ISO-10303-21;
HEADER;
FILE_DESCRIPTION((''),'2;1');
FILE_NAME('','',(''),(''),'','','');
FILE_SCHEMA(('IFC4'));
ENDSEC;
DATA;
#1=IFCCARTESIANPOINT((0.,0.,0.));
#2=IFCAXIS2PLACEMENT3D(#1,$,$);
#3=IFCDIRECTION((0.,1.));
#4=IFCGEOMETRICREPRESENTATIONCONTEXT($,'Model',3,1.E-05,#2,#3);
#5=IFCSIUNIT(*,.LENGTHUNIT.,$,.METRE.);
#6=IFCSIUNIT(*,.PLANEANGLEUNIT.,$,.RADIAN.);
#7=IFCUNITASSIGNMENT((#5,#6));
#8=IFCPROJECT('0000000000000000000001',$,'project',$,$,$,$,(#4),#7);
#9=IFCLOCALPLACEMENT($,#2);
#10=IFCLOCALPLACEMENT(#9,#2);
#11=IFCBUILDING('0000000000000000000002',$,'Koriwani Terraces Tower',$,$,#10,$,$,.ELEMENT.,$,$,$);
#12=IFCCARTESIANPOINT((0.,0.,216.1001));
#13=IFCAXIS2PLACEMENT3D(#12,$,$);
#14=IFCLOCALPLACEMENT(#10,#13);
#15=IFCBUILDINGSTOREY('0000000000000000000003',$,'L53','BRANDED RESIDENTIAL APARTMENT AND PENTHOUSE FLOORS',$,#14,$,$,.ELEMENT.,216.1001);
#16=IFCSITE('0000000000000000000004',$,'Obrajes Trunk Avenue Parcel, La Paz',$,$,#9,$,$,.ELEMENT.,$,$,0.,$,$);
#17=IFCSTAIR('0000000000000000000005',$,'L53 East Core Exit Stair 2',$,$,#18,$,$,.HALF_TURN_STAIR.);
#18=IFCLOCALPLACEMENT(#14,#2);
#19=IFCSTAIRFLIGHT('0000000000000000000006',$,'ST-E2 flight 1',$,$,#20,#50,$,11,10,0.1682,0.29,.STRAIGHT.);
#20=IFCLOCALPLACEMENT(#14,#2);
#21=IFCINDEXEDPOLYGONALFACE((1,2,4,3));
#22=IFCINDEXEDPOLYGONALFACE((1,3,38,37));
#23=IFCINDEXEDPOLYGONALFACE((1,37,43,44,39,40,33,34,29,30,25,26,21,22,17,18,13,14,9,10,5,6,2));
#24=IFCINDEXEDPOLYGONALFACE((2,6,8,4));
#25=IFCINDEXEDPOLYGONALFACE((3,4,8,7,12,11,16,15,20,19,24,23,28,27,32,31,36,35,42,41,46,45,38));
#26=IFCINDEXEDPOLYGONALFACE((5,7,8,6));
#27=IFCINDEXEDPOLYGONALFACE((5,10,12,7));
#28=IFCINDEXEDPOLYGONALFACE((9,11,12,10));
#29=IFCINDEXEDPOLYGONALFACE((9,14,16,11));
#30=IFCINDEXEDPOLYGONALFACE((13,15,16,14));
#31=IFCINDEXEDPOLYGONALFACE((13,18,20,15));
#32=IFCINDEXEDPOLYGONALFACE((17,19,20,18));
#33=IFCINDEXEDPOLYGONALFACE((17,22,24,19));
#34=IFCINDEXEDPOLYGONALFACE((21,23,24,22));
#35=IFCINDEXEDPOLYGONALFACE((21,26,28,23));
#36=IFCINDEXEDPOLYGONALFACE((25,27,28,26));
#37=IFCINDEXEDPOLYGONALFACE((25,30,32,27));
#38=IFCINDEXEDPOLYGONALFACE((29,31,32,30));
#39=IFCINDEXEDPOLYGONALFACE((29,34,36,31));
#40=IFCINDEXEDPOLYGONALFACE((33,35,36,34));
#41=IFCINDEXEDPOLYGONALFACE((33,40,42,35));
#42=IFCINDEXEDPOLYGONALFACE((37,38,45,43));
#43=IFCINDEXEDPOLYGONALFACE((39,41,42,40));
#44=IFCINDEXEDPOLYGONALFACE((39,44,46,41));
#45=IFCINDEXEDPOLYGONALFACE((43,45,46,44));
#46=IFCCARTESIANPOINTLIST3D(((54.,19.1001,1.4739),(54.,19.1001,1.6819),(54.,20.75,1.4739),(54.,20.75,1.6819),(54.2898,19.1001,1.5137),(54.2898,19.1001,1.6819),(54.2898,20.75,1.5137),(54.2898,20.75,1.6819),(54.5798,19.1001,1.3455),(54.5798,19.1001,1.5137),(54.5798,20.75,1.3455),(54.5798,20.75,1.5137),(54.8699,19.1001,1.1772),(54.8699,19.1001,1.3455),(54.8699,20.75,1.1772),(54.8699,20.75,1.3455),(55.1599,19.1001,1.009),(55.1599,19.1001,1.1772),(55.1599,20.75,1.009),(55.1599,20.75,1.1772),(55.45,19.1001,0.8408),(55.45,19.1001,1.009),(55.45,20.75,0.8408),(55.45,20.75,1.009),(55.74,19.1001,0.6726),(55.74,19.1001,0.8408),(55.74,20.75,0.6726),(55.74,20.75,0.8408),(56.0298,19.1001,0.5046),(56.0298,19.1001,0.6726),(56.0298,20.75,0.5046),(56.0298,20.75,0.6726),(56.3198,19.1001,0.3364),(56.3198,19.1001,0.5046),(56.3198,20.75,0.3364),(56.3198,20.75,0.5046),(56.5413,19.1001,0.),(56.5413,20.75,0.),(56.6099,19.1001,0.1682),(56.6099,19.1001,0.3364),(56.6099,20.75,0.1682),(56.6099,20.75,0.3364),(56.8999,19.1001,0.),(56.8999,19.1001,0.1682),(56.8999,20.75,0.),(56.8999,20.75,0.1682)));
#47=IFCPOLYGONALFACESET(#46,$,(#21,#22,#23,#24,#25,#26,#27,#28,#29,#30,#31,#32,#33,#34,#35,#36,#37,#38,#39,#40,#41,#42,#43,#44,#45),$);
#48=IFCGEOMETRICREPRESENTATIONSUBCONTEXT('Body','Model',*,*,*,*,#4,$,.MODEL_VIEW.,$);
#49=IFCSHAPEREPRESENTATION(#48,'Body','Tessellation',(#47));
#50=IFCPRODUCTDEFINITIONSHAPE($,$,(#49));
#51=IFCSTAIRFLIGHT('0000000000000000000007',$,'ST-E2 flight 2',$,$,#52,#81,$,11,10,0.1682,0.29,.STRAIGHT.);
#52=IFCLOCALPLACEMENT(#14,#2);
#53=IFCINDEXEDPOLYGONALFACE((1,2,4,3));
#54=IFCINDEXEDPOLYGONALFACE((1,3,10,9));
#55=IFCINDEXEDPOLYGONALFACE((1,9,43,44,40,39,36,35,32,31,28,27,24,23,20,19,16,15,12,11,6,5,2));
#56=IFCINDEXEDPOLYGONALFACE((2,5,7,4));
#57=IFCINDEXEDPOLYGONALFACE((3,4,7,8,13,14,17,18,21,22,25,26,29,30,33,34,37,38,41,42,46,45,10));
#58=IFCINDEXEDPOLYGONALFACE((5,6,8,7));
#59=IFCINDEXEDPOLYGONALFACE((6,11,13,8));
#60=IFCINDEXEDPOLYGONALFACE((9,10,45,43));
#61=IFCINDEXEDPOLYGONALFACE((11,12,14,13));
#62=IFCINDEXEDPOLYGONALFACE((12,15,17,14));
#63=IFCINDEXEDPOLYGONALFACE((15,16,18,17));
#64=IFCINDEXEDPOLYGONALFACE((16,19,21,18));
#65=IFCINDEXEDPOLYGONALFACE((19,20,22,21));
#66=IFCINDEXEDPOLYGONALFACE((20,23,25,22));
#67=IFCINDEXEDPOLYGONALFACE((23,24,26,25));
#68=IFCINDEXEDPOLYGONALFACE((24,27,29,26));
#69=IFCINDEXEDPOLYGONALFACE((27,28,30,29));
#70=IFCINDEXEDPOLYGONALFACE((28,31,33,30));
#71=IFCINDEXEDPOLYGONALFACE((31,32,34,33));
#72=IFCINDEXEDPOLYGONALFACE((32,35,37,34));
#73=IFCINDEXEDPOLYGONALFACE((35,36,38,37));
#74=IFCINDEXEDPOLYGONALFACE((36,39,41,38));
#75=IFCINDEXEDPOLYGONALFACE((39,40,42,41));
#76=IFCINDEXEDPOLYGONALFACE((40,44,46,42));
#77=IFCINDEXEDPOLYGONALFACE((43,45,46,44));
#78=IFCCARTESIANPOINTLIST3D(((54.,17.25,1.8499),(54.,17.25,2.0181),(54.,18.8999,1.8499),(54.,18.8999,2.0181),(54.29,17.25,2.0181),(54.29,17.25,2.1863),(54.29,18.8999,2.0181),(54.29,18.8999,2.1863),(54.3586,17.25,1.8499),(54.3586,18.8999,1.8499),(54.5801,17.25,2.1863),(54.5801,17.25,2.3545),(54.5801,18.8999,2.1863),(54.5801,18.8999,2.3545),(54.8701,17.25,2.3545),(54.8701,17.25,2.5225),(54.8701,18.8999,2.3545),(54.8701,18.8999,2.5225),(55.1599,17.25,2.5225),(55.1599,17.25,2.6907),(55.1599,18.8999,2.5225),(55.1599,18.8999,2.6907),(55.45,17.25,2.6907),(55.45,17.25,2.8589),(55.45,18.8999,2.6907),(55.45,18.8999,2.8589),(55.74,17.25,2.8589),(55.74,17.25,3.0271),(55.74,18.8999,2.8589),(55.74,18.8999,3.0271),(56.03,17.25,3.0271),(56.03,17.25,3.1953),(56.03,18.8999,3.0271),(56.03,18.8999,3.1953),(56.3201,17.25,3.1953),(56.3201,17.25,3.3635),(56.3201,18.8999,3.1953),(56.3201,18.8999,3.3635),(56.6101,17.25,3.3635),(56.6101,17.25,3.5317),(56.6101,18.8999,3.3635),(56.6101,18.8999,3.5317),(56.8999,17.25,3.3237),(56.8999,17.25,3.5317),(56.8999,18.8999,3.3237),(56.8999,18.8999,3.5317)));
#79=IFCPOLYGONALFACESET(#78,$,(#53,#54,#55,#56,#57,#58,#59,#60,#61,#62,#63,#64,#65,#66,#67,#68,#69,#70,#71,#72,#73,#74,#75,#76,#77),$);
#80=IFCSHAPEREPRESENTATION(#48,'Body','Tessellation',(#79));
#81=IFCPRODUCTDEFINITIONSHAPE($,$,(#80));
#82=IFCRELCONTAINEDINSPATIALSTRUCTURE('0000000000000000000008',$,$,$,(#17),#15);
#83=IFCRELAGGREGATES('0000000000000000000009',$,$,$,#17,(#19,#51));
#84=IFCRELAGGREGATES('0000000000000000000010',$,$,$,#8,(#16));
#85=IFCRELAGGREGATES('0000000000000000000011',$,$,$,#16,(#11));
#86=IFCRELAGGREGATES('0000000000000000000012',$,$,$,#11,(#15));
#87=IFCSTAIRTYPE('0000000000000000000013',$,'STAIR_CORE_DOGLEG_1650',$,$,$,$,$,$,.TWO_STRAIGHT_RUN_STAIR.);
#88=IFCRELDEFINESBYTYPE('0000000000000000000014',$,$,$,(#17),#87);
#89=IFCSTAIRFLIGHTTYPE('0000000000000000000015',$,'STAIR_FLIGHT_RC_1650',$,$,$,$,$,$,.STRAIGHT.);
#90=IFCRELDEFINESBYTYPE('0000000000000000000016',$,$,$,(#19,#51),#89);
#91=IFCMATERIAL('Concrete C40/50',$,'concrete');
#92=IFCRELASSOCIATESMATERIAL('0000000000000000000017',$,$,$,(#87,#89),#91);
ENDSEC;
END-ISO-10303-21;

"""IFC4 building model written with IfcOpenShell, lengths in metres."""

from ifc_helpers import new_model, si_unit, direction, frame, origin, place, context, subcontext, project, spatial, polyline, outline, extrude, material, type_object, element, aggregate, save


model = new_model("IFC4")

# Units and contexts
model_context = context("Model", 3, precision=1e-05, world=origin(), true_north=direction((0.0, 1.0)))
body_context = subcontext(model_context, "Body", "Model", "MODEL_VIEW")
ifc_project = project(units=[si_unit("LENGTHUNIT", "METRE"), si_unit("PLANEANGLEUNIT", "RADIAN")], contexts=[model_context])

# Site, building, storey
site_placement = place(None, origin())
site = spatial("IfcSite", under=ifc_project, at=site_placement, Name="Obrajes Trunk Avenue Parcel, La Paz", CompositionType="ELEMENT", RefElevation=0.0)
building_placement = place(site_placement, origin())
building = spatial("IfcBuilding", under=site, at=building_placement, Name="Koriwani Terraces Tower", CompositionType="ELEMENT")
storey_placement = place(building_placement, frame((0.0, 0.0, 216.1001)))
storey = spatial("IfcBuildingStorey", under=building, at=storey_placement, Name="L53", Description="BRANDED RESIDENTIAL APARTMENT AND PENTHOUSE FLOORS", CompositionType="ELEMENT", Elevation=216.1001)

# Shared definitions
ifc_material_1 = material(Name="Concrete C40/50", Category="concrete")

# Stair, stair flights
stair_type = type_object("IfcStairType", Name="STAIR_CORE_DOGLEG_1650", PredefinedType="TWO_STRAIGHT_RUN_STAIR", material=ifc_material_1)
stair_placement = place(storey_placement, origin())
stair = element("IfcStair", 1, at=stair_placement, inside=storey, type_object=stair_type, Name="L53 East Core Exit Stair 2", PredefinedType="HALF_TURN_STAIR")
stair_flight_type = type_object("IfcStairFlightType", Name="STAIR_FLIGHT_RC_1650", PredefinedType="STRAIGHT", material=ifc_material_1)
stair_flight_1_placement = place(storey_placement, frame((56.8999, 19.925, 0.0), z_axis=(0.0, 0.0, 1.0), x_axis=(-1.0, 0.0, 0.0)))
stair_flight_1 = element("IfcStairFlight", 2, at=stair_flight_1_placement, type_object=stair_flight_type, Name="ST-E2 flight 1", NumberOfRisers=11, NumberOfTreads=10, PredefinedType="STRAIGHT", RiserHeight=0.1682, TreadLength=0.29, context=body_context, shape_type="SweptSolid", body=[
    extrude(outline(polyline([(0.0, 0.0), (0.0, 0.1682), (0.29, 0.1682), (0.29, 0.3364), (0.5801, 0.3364), (0.5801, 0.5046), (0.8701, 0.5046), (0.8701, 0.6726), (1.1599, 0.6726), (1.1599, 0.8408), (1.45, 0.8408), (1.45, 1.009), (1.74, 1.009), (1.74, 1.1772), (2.03, 1.1772), (2.03, 1.3455), (2.3201, 1.3455), (2.3201, 1.5137), (2.6101, 1.5137), (2.6101, 1.6819), (2.8999, 1.6819), (2.8999, 1.8501), (2.8999, 1.4739), (0.3586, 0.0), (0.0, 0.0)])), frame((0.0, 0.825, 0.0), z_axis=(0.0, -1.0, 0.0), x_axis=(1.0, 0.0, 0.0)), (0.0, 0.0, 1.0), 1.6499),
])
stair_flight_2_placement = place(storey_placement, frame((54.0, 18.075, 1.8499), z_axis=(0.0, 0.0, 1.0), x_axis=(1.0, 0.0, 0.0)))
stair_flight_2 = element("IfcStairFlight", 3, at=stair_flight_2_placement, type_object=stair_flight_type, Name="ST-E2 flight 2", NumberOfRisers=11, NumberOfTreads=10, PredefinedType="STRAIGHT", RiserHeight=0.1682, TreadLength=0.29, context=body_context, shape_type="SweptSolid", body=[
    extrude(outline(polyline([(0.0, 0.0), (0.0, 0.1682), (0.29, 0.1682), (0.29, 0.3364), (0.5801, 0.3364), (0.5801, 0.5046), (0.8701, 0.5046), (0.8701, 0.6726), (1.1599, 0.6726), (1.1599, 0.8408), (1.45, 0.8408), (1.45, 1.009), (1.74, 1.009), (1.74, 1.1772), (2.03, 1.1772), (2.03, 1.3455), (2.3201, 1.3455), (2.3201, 1.5137), (2.6101, 1.5137), (2.6101, 1.6819), (2.8999, 1.6819), (2.8999, 1.8501), (2.8999, 1.4739), (0.3586, 0.0), (0.0, 0.0)])), frame((0.0, 0.825, 0.0), z_axis=(0.0, -1.0, 0.0), x_axis=(1.0, 0.0, 0.0)), (0.0, 0.0, 1.0), 1.6499),
])
aggregate(stair, [stair_flight_1, stair_flight_2])

save(model, "model.ifc")
